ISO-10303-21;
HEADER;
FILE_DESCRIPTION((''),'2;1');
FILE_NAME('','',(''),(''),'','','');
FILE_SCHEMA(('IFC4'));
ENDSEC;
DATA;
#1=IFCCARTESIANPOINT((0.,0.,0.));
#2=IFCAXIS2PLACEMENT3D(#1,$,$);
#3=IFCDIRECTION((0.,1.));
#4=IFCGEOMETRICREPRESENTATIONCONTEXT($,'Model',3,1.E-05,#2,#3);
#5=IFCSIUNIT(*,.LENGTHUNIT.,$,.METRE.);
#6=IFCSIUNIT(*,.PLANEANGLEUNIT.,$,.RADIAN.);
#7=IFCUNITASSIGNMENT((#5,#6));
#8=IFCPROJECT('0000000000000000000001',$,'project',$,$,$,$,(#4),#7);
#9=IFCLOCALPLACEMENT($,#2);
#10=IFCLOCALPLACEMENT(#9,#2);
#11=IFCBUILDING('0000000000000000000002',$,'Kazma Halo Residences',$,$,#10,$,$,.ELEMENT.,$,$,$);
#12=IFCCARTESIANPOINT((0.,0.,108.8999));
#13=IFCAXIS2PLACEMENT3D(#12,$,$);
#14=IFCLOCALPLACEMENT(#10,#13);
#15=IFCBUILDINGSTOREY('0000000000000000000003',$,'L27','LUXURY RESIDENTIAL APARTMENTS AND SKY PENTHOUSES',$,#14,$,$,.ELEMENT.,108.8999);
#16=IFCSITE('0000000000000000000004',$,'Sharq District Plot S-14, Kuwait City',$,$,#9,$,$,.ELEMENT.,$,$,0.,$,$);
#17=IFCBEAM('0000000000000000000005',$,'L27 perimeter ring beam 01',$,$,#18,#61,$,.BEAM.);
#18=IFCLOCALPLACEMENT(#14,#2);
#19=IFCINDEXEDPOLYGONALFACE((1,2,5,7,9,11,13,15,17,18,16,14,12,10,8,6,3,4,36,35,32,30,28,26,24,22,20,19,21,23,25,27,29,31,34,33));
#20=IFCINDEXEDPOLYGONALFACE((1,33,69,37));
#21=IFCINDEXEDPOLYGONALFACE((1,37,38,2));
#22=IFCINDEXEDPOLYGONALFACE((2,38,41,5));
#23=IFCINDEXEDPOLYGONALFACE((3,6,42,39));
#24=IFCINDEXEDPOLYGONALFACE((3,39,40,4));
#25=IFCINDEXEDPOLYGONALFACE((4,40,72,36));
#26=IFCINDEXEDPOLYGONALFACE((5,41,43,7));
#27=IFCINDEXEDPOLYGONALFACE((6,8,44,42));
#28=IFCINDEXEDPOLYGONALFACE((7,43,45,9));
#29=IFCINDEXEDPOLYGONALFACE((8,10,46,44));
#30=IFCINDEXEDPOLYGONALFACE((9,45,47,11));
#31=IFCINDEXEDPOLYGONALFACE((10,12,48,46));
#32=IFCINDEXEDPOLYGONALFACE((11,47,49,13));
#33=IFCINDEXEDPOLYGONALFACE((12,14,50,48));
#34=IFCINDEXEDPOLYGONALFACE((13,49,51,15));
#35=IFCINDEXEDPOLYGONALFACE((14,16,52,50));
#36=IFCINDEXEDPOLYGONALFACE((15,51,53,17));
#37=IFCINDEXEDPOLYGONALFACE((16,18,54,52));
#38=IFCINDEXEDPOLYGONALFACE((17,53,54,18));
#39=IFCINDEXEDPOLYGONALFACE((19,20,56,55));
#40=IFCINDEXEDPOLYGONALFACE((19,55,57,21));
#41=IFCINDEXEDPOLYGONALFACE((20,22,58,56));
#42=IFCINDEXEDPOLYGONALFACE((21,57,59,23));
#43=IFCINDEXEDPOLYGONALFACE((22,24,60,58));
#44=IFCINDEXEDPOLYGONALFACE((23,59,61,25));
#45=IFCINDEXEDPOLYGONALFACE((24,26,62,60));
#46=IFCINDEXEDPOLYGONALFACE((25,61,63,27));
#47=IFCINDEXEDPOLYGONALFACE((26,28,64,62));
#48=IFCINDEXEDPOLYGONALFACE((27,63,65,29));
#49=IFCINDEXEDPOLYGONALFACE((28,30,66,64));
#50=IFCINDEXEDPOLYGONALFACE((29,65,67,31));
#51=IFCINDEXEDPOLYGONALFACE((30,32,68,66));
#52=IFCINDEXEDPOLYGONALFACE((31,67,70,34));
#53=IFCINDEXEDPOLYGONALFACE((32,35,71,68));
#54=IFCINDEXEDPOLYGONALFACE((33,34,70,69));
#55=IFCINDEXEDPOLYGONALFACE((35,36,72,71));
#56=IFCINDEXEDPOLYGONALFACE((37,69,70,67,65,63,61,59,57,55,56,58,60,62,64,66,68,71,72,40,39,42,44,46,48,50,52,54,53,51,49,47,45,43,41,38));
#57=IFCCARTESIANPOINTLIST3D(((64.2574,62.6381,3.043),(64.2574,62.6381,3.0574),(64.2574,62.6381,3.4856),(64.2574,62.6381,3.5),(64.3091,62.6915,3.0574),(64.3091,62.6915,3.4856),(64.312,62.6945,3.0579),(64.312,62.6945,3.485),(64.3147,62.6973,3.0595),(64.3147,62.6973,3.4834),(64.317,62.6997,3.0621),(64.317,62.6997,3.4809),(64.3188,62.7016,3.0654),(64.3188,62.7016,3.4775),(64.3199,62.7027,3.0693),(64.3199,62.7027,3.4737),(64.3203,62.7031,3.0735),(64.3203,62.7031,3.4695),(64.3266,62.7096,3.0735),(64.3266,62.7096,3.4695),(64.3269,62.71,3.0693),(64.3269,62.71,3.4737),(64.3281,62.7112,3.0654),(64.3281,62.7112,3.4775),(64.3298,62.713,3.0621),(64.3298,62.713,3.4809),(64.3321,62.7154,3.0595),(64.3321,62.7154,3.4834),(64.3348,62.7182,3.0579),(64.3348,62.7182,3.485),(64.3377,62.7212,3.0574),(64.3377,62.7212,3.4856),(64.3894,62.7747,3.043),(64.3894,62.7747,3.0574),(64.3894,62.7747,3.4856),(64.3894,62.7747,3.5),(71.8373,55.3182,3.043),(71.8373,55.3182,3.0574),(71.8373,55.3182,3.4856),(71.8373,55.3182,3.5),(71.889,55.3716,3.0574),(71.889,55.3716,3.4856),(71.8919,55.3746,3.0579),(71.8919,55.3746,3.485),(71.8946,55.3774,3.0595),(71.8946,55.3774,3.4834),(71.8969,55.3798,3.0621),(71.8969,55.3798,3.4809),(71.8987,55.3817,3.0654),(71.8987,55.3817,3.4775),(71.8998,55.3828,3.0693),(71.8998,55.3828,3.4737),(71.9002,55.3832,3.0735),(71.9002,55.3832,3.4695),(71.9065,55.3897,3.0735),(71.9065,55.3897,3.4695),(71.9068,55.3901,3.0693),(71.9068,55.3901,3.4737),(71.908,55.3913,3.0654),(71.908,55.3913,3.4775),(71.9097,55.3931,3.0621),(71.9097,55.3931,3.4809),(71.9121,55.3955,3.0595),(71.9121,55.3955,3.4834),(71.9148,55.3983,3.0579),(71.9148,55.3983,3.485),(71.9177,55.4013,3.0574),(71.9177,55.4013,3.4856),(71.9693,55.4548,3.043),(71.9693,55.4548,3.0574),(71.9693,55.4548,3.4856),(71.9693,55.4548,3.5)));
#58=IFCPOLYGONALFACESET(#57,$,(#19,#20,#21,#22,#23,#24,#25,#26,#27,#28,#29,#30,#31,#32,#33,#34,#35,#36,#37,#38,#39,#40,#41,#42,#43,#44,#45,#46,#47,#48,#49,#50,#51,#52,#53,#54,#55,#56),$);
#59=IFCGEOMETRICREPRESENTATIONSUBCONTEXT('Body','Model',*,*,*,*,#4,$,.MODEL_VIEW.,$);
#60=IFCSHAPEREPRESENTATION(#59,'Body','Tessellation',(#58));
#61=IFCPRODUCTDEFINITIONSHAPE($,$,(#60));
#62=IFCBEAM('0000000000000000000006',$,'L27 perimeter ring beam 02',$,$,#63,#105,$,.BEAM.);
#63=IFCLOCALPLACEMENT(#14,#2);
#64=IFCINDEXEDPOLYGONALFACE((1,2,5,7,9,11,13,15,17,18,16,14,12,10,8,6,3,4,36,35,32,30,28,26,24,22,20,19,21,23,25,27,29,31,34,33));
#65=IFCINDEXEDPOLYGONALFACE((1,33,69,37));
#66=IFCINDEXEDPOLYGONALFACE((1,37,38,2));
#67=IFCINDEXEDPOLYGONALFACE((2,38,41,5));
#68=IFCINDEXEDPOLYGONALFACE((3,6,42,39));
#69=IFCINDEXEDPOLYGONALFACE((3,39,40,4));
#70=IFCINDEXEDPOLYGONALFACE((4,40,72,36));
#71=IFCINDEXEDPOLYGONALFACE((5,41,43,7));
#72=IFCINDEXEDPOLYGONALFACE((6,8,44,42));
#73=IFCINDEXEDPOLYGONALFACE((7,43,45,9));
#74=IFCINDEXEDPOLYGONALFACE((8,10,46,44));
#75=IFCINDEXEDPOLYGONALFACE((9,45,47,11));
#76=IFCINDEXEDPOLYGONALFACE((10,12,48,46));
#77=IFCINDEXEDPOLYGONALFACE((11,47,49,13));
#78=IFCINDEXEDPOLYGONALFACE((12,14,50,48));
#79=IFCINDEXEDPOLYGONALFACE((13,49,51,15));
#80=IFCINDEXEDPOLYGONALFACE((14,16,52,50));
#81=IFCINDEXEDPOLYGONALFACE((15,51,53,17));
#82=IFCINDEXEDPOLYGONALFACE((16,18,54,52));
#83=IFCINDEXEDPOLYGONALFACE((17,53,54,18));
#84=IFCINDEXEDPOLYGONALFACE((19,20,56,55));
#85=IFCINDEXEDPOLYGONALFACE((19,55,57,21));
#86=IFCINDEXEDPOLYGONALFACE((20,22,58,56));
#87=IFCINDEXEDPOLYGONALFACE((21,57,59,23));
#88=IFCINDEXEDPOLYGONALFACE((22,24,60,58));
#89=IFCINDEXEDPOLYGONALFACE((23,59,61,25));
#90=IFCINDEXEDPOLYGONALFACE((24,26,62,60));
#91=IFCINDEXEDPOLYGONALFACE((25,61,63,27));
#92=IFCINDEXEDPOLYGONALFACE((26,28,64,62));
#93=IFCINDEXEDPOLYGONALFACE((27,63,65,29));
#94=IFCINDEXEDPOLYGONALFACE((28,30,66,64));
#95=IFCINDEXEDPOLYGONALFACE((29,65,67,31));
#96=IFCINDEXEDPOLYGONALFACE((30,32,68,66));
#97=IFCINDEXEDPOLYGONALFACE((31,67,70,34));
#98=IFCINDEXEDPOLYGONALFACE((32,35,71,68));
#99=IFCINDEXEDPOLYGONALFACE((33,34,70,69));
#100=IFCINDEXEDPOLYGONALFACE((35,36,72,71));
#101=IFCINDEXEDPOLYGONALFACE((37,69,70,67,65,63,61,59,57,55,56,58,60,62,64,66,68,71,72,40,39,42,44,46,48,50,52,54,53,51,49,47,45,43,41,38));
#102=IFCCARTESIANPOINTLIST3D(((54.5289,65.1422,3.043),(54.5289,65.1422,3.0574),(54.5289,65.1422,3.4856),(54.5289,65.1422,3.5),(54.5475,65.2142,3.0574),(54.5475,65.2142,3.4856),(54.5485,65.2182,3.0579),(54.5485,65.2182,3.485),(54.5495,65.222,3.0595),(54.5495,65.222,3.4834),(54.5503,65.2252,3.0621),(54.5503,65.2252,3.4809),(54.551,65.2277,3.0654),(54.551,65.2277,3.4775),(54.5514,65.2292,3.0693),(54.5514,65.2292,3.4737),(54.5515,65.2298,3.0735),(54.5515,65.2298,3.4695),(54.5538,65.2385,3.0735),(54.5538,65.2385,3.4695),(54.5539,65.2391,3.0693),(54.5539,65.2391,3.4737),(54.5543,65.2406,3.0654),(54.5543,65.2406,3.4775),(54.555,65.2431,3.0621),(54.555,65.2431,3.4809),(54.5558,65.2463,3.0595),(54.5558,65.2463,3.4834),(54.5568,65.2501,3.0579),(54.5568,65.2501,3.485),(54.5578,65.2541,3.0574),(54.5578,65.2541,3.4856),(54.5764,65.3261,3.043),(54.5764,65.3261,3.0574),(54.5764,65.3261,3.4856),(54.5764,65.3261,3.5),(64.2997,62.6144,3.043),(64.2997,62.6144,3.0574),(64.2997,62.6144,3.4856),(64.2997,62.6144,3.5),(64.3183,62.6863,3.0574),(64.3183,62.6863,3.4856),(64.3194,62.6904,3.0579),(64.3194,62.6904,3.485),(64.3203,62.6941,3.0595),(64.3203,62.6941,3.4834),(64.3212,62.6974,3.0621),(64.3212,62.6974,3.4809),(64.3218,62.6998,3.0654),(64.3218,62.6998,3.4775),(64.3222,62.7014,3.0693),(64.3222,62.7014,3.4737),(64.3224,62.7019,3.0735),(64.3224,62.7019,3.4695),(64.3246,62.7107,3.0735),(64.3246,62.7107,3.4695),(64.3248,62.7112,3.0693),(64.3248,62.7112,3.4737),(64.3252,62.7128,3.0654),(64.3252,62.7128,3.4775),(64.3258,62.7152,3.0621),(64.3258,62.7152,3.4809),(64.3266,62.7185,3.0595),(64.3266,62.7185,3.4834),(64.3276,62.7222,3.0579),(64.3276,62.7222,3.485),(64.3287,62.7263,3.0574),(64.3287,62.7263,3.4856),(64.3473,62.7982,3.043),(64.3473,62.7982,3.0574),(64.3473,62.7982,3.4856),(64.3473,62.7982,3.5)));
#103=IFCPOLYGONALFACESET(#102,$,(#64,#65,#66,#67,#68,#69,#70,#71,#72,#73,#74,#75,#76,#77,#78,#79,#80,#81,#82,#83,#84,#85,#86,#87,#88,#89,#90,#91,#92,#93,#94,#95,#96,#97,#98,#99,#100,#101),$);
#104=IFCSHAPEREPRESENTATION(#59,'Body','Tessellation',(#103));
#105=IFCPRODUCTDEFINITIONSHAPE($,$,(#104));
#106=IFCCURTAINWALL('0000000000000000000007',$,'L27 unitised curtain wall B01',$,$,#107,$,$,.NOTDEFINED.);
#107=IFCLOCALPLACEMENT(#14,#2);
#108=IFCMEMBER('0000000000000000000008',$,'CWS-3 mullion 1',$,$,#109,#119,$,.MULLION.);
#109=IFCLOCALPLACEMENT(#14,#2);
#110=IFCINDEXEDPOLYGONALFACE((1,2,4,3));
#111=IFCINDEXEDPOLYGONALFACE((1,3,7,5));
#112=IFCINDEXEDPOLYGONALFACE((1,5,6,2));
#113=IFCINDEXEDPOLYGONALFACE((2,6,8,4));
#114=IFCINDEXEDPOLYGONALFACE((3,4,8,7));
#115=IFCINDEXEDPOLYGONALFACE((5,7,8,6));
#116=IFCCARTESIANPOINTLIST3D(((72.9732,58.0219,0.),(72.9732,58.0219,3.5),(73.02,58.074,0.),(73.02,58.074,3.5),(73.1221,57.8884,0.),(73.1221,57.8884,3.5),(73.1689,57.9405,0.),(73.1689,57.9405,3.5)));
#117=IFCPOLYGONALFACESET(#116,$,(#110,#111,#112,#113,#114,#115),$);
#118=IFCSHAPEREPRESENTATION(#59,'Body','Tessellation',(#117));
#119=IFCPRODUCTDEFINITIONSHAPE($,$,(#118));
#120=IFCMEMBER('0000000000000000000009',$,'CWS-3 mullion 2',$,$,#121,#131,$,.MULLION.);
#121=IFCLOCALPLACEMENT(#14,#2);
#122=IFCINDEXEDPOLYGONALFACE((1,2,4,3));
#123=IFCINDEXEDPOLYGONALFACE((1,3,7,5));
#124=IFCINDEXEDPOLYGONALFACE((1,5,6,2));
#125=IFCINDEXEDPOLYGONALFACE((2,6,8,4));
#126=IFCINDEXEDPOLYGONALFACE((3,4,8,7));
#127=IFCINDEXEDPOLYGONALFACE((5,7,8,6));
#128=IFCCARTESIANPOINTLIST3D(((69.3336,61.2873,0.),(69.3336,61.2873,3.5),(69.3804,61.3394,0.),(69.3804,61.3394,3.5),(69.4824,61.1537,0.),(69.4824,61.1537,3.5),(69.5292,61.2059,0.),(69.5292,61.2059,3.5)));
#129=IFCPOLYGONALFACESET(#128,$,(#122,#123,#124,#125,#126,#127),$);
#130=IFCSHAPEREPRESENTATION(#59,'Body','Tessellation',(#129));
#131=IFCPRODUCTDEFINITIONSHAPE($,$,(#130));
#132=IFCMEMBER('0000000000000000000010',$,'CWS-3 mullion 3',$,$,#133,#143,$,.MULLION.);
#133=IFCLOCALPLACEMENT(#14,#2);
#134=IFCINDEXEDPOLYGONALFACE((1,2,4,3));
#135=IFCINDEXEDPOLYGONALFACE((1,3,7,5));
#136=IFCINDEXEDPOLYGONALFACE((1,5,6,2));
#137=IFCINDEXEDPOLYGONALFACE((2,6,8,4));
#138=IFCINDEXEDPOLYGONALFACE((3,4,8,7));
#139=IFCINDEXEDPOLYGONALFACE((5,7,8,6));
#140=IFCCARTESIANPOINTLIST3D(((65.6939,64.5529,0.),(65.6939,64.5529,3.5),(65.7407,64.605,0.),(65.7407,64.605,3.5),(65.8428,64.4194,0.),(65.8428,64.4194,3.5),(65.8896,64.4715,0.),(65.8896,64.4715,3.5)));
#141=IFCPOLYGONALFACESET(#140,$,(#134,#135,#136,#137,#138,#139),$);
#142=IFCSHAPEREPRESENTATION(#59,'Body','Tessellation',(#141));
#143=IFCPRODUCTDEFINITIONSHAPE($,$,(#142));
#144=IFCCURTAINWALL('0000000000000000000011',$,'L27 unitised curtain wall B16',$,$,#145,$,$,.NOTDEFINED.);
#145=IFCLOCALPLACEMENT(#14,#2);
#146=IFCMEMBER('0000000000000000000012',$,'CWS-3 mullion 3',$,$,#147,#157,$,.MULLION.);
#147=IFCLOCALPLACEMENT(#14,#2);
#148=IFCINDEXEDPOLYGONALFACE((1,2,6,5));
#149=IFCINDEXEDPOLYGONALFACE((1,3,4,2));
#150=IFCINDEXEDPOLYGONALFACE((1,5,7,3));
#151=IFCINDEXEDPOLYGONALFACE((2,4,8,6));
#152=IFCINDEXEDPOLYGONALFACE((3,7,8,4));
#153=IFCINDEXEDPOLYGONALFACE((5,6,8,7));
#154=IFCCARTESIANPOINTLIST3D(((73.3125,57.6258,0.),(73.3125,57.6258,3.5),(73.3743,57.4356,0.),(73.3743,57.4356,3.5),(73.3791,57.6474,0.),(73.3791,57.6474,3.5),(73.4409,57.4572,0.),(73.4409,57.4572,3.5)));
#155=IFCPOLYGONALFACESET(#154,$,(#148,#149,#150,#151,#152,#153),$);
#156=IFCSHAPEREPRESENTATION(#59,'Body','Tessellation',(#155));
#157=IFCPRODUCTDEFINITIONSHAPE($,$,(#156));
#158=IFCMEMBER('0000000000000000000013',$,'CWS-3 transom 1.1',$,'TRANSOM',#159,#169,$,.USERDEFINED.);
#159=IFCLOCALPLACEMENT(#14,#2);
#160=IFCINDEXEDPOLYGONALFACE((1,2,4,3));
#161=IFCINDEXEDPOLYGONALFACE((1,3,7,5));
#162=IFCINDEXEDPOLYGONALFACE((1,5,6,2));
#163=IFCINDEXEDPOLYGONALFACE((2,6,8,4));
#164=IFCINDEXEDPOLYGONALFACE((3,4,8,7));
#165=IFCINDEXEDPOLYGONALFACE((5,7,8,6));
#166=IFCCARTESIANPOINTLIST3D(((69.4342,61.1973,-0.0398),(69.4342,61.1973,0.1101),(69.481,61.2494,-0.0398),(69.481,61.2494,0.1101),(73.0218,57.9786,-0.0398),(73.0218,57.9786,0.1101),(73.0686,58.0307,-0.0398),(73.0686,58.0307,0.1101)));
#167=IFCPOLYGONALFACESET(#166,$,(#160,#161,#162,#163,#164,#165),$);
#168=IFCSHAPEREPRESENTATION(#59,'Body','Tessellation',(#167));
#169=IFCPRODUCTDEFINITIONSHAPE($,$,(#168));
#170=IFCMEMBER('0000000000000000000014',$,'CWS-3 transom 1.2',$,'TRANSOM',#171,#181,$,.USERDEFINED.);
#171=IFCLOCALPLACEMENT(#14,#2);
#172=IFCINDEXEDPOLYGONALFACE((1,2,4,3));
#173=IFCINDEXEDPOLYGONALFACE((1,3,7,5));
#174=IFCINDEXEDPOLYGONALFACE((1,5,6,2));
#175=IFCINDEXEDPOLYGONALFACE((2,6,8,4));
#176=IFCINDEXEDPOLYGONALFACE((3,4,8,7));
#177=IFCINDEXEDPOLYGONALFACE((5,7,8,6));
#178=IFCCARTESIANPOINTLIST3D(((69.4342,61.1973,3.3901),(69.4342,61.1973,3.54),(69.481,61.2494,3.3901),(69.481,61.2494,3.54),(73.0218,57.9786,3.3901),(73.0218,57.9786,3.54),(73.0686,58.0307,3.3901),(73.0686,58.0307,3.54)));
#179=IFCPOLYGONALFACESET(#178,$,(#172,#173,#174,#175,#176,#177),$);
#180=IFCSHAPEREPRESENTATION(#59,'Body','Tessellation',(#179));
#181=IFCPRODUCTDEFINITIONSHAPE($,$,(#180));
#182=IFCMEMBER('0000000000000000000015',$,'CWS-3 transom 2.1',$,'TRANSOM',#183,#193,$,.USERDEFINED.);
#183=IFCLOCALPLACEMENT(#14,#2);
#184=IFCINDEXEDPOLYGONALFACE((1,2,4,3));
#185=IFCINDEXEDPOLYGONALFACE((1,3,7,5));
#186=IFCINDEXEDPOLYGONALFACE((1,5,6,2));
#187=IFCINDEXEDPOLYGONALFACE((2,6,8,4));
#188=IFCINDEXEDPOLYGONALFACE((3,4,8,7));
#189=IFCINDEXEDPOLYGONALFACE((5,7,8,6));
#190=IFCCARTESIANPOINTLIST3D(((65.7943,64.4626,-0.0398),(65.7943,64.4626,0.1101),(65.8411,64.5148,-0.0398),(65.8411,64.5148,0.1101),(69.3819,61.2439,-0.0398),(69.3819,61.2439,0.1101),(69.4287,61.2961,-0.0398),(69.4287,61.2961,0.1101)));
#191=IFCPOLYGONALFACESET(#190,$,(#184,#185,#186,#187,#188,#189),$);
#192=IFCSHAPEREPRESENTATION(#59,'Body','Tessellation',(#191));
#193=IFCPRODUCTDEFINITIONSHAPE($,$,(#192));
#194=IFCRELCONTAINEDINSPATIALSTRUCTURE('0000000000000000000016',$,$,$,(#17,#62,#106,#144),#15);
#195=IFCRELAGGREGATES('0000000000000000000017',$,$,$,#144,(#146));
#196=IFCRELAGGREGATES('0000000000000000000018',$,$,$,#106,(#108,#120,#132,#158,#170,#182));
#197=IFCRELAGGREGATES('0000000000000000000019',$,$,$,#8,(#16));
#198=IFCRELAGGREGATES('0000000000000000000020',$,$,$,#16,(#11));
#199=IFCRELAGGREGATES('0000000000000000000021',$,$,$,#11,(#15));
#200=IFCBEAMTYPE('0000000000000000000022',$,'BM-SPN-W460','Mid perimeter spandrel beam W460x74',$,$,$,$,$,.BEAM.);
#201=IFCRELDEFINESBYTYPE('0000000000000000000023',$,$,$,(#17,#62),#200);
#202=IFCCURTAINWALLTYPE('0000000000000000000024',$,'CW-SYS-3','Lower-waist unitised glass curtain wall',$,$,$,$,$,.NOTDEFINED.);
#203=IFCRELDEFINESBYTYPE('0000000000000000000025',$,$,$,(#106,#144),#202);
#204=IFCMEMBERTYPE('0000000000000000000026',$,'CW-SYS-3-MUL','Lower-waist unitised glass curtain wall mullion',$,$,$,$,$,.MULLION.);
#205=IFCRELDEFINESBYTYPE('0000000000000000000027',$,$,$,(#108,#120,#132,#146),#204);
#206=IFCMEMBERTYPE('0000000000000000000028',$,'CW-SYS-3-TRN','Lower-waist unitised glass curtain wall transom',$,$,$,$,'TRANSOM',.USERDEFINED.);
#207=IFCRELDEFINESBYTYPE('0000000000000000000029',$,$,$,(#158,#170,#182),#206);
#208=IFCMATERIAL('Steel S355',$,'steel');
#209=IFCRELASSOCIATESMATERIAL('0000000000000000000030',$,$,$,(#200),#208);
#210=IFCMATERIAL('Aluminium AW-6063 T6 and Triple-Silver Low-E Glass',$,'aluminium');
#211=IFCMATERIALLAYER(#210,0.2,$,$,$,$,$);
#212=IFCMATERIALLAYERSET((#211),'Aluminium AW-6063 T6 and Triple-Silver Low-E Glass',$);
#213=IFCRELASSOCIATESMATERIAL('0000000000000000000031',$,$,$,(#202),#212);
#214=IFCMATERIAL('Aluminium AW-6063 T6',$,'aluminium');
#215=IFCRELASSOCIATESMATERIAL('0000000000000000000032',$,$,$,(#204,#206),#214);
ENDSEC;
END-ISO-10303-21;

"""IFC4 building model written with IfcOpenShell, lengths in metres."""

from ifc_helpers import new_model, si_unit, direction, frame, origin, origin_2d, place, context, subcontext, project, spatial, rectangle, i_section, extrude, material, layer, layer_set, material_profile, profile_set, type_object, element, aggregate, save


model = new_model("IFC4")

# Units and contexts
model_context = context("Model", 3, precision=1e-05, world=origin(), true_north=direction((0.0, 1.0)))
body_context = subcontext(model_context, "Body", "Model", "MODEL_VIEW")
ifc_project = project(units=[si_unit("LENGTHUNIT", "METRE"), si_unit("PLANEANGLEUNIT", "RADIAN")], contexts=[model_context])

# Site, building, storey
site_placement = place(None, origin())
site = spatial("IfcSite", under=ifc_project, at=site_placement, Name="Sharq District Plot S-14, Kuwait City", CompositionType="ELEMENT", RefElevation=0.0)
building_placement = place(site_placement, origin())
building = spatial("IfcBuilding", under=site, at=building_placement, Name="Kazma Halo Residences", CompositionType="ELEMENT")
storey_placement = place(building_placement, frame((0.0, 0.0, 108.8999)))
storey = spatial("IfcBuildingStorey", under=building, at=storey_placement, Name="L27", Description="LUXURY RESIDENTIAL APARTMENTS AND SKY PENTHOUSES", CompositionType="ELEMENT", Elevation=108.8999)

# Beams
ifc_material_1 = material(Name="Steel S355", Category="steel")
ifc_material_profile_1 = material_profile(ifc_material_1, i_section(OverallWidth=0.1899, OverallDepth=0.457, WebThickness=0.009, FlangeThickness=0.0144, FilletRadius=0.0161, at=origin_2d()), Name="W460x74")
ifc_profile_set_1 = profile_set([ifc_material_profile_1], Name="Steel S355")
beam_type_1 = type_object("IfcBeamType", Name="BM-SPN-W460", Description="Mid perimeter spandrel beam W460x74", PredefinedType="BEAM", material=ifc_profile_set_1)
beam_1_placement = place(storey_placement, frame((71.9033, 55.3865, 3.2715), z_axis=(-0.719337, 0.694661, 0.0), x_axis=(-0.694661, -0.719337, 0.0)))
element("IfcBeam", 1, at=beam_1_placement, inside=storey, type_object=beam_type_1, Name="L27 perimeter ring beam 01", PredefinedType="BEAM", context=body_context, shape_type="SweptSolid", body=[
    extrude(i_section(OverallWidth=0.1899, OverallDepth=0.457, WebThickness=0.009, FlangeThickness=0.0144, FilletRadius=0.0161, at=origin_2d()), origin(), (0.0, 0.0, 1.0), 10.5374),
])
beam_2_placement = place(storey_placement, frame((64.3235, 62.7063, 3.2715), z_axis=(-0.968125, 0.250468, 0.0), x_axis=(-0.250468, -0.968125, 0.0)))
element("IfcBeam", 2, at=beam_2_placement, inside=storey, type_object=beam_type_1, Name="L27 perimeter ring beam 02", PredefinedType="BEAM", context=body_context, shape_type="SweptSolid", body=[
    extrude(i_section(OverallWidth=0.1899, OverallDepth=0.457, WebThickness=0.009, FlangeThickness=0.0144, FilletRadius=0.0161, at=origin_2d()), origin(), (0.0, 0.0, 1.0), 10.0925),
])

# Curtain wall, members
ifc_material_2 = material(Name="Aluminium AW-6063 T6 and Triple-Silver Low-E Glass", Category="aluminium")
ifc_layer_1 = layer(ifc_material_2, 0.2)
ifc_layer_set_1 = layer_set([ifc_layer_1], Name="Aluminium AW-6063 T6 and Triple-Silver Low-E Glass")
curtain_wall_type = type_object("IfcCurtainWallType", Name="CW-SYS-3", Description="Lower-waist unitised glass curtain wall", PredefinedType="NOTDEFINED", material=ifc_layer_set_1)
curtain_wall_1_placement = place(storey_placement, origin())
curtain_wall_1 = element("IfcCurtainWall", 3, at=curtain_wall_1_placement, inside=storey, type_object=curtain_wall_type, Name="L27 unitised curtain wall B01", PredefinedType="NOTDEFINED")
ifc_material_3 = material(Name="Aluminium AW-6063 T6", Category="aluminium")
ifc_material_profile_2 = material_profile(ifc_material_3, rectangle(XDim=0.0701, YDim=0.2, at=origin_2d()), Name="CWM-70x200")
ifc_profile_set_2 = profile_set([ifc_material_profile_2], Name="Aluminium AW-6063 T6")
member_type_1 = type_object("IfcMemberType", Name="CW-SYS-3-MUL", Description="Lower-waist unitised glass curtain wall mullion", PredefinedType="MULLION", material=ifc_profile_set_2)
member_1_placement = place(storey_placement, frame((73.071, 57.9812, 0.0), z_axis=(0.0, 0.0, 1.0), x_axis=(-0.667795, -0.744345, 0.0)))
member_1 = element("IfcMember", 4, at=member_1_placement, type_object=member_type_1, Name="CWS-3 mullion 1", PredefinedType="MULLION", context=body_context, shape_type="SweptSolid", body=[
    extrude(rectangle(XDim=0.0701, YDim=0.2, at=origin_2d()), origin(), (0.0, 0.0, 1.0), 3.5),
])
member_2_placement = place(storey_placement, frame((69.4314, 61.2466, 0.0), z_axis=(0.0, 0.0, 1.0), x_axis=(-0.667795, -0.744345, 0.0)))
member_2 = element("IfcMember", 5, at=member_2_placement, type_object=member_type_1, Name="CWS-3 mullion 2", PredefinedType="MULLION", context=body_context, shape_type="SweptSolid", body=[
    extrude(rectangle(XDim=0.0701, YDim=0.2, at=origin_2d()), origin(), (0.0, 0.0, 1.0), 3.5),
])
member_3_placement = place(storey_placement, frame((65.7917, 64.5122, 0.0), z_axis=(0.0, 0.0, 1.0), x_axis=(-0.667795, -0.744345, 0.0)))
member_3 = element("IfcMember", 6, at=member_3_placement, type_object=member_type_1, Name="CWS-3 mullion 3", PredefinedType="MULLION", context=body_context, shape_type="SweptSolid", body=[
    extrude(rectangle(XDim=0.0701, YDim=0.2, at=origin_2d()), origin(), (0.0, 0.0, 1.0), 3.5),
])

# Curtain wall, member
curtain_wall_2_placement = place(storey_placement, origin())
curtain_wall_2 = element("IfcCurtainWall", 7, at=curtain_wall_2_placement, inside=storey, type_object=curtain_wall_type, Name="L27 unitised curtain wall B16", PredefinedType="NOTDEFINED")
member_4_placement = place(storey_placement, frame((73.3767, 57.5415, 0.0), z_axis=(0.0, 0.0, 1.0), x_axis=(-0.951058, -0.309013, 0.0)))
member_4 = element("IfcMember", 8, at=member_4_placement, type_object=member_type_1, Name="CWS-3 mullion 3", PredefinedType="MULLION", context=body_context, shape_type="SweptSolid", body=[
    extrude(rectangle(XDim=0.0701, YDim=0.2, at=origin_2d()), origin(), (0.0, 0.0, 1.0), 3.5),
])
aggregate(curtain_wall_2, [member_4])

# Members
ifc_material_profile_3 = material_profile(ifc_material_3, rectangle(XDim=0.0701, YDim=0.1499, at=origin_2d()), Name="CWT-70x150")
ifc_profile_set_3 = profile_set([ifc_material_profile_3], Name="Aluminium AW-6063 T6")
member_type_2 = type_object("IfcMemberType", Name="CW-SYS-3-TRN", Description="Lower-waist unitised glass curtain wall transom", ElementType="TRANSOM", PredefinedType="USERDEFINED", material=ifc_profile_set_3)
member_5_placement = place(storey_placement, frame((73.0452, 58.0046, 0.0352), z_axis=(-0.744338, 0.667803, 0.0), x_axis=(-0.667803, -0.744338, 0.0)))
member_5 = element("IfcMember", 9, at=member_5_placement, type_object=member_type_2, Name="CWS-3 transom 1.1", ObjectType="TRANSOM", PredefinedType="USERDEFINED", context=body_context, shape_type="SweptSolid", body=[
    extrude(rectangle(XDim=0.0701, YDim=0.1499, at=origin_2d()), origin(), (0.0, 0.0, 1.0), 4.8198),
])
member_6_placement = place(storey_placement, frame((73.0452, 58.0046, 3.4651), z_axis=(-0.744338, 0.667803, 0.0), x_axis=(-0.667803, -0.744338, 0.0)))
member_6 = element("IfcMember", 10, at=member_6_placement, type_object=member_type_2, Name="CWS-3 transom 1.2", ObjectType="TRANSOM", PredefinedType="USERDEFINED", context=body_context, shape_type="SweptSolid", body=[
    extrude(rectangle(XDim=0.0701, YDim=0.1499, at=origin_2d()), origin(), (0.0, 0.0, 1.0), 4.8198),
])
member_7_placement = place(storey_placement, frame((69.4053, 61.27, 0.0352), z_axis=(-0.744338, 0.667803, 0.0), x_axis=(-0.667803, -0.744338, 0.0)))
member_7 = element("IfcMember", 11, at=member_7_placement, type_object=member_type_2, Name="CWS-3 transom 2.1", ObjectType="TRANSOM", PredefinedType="USERDEFINED", context=body_context, shape_type="SweptSolid", body=[
    extrude(rectangle(XDim=0.0701, YDim=0.1499, at=origin_2d()), origin(), (0.0, 0.0, 1.0), 4.8198),
])

aggregate(curtain_wall_1, [member_1, member_2, member_3, member_5, member_6, member_7])

save(model, "model.ifc")
